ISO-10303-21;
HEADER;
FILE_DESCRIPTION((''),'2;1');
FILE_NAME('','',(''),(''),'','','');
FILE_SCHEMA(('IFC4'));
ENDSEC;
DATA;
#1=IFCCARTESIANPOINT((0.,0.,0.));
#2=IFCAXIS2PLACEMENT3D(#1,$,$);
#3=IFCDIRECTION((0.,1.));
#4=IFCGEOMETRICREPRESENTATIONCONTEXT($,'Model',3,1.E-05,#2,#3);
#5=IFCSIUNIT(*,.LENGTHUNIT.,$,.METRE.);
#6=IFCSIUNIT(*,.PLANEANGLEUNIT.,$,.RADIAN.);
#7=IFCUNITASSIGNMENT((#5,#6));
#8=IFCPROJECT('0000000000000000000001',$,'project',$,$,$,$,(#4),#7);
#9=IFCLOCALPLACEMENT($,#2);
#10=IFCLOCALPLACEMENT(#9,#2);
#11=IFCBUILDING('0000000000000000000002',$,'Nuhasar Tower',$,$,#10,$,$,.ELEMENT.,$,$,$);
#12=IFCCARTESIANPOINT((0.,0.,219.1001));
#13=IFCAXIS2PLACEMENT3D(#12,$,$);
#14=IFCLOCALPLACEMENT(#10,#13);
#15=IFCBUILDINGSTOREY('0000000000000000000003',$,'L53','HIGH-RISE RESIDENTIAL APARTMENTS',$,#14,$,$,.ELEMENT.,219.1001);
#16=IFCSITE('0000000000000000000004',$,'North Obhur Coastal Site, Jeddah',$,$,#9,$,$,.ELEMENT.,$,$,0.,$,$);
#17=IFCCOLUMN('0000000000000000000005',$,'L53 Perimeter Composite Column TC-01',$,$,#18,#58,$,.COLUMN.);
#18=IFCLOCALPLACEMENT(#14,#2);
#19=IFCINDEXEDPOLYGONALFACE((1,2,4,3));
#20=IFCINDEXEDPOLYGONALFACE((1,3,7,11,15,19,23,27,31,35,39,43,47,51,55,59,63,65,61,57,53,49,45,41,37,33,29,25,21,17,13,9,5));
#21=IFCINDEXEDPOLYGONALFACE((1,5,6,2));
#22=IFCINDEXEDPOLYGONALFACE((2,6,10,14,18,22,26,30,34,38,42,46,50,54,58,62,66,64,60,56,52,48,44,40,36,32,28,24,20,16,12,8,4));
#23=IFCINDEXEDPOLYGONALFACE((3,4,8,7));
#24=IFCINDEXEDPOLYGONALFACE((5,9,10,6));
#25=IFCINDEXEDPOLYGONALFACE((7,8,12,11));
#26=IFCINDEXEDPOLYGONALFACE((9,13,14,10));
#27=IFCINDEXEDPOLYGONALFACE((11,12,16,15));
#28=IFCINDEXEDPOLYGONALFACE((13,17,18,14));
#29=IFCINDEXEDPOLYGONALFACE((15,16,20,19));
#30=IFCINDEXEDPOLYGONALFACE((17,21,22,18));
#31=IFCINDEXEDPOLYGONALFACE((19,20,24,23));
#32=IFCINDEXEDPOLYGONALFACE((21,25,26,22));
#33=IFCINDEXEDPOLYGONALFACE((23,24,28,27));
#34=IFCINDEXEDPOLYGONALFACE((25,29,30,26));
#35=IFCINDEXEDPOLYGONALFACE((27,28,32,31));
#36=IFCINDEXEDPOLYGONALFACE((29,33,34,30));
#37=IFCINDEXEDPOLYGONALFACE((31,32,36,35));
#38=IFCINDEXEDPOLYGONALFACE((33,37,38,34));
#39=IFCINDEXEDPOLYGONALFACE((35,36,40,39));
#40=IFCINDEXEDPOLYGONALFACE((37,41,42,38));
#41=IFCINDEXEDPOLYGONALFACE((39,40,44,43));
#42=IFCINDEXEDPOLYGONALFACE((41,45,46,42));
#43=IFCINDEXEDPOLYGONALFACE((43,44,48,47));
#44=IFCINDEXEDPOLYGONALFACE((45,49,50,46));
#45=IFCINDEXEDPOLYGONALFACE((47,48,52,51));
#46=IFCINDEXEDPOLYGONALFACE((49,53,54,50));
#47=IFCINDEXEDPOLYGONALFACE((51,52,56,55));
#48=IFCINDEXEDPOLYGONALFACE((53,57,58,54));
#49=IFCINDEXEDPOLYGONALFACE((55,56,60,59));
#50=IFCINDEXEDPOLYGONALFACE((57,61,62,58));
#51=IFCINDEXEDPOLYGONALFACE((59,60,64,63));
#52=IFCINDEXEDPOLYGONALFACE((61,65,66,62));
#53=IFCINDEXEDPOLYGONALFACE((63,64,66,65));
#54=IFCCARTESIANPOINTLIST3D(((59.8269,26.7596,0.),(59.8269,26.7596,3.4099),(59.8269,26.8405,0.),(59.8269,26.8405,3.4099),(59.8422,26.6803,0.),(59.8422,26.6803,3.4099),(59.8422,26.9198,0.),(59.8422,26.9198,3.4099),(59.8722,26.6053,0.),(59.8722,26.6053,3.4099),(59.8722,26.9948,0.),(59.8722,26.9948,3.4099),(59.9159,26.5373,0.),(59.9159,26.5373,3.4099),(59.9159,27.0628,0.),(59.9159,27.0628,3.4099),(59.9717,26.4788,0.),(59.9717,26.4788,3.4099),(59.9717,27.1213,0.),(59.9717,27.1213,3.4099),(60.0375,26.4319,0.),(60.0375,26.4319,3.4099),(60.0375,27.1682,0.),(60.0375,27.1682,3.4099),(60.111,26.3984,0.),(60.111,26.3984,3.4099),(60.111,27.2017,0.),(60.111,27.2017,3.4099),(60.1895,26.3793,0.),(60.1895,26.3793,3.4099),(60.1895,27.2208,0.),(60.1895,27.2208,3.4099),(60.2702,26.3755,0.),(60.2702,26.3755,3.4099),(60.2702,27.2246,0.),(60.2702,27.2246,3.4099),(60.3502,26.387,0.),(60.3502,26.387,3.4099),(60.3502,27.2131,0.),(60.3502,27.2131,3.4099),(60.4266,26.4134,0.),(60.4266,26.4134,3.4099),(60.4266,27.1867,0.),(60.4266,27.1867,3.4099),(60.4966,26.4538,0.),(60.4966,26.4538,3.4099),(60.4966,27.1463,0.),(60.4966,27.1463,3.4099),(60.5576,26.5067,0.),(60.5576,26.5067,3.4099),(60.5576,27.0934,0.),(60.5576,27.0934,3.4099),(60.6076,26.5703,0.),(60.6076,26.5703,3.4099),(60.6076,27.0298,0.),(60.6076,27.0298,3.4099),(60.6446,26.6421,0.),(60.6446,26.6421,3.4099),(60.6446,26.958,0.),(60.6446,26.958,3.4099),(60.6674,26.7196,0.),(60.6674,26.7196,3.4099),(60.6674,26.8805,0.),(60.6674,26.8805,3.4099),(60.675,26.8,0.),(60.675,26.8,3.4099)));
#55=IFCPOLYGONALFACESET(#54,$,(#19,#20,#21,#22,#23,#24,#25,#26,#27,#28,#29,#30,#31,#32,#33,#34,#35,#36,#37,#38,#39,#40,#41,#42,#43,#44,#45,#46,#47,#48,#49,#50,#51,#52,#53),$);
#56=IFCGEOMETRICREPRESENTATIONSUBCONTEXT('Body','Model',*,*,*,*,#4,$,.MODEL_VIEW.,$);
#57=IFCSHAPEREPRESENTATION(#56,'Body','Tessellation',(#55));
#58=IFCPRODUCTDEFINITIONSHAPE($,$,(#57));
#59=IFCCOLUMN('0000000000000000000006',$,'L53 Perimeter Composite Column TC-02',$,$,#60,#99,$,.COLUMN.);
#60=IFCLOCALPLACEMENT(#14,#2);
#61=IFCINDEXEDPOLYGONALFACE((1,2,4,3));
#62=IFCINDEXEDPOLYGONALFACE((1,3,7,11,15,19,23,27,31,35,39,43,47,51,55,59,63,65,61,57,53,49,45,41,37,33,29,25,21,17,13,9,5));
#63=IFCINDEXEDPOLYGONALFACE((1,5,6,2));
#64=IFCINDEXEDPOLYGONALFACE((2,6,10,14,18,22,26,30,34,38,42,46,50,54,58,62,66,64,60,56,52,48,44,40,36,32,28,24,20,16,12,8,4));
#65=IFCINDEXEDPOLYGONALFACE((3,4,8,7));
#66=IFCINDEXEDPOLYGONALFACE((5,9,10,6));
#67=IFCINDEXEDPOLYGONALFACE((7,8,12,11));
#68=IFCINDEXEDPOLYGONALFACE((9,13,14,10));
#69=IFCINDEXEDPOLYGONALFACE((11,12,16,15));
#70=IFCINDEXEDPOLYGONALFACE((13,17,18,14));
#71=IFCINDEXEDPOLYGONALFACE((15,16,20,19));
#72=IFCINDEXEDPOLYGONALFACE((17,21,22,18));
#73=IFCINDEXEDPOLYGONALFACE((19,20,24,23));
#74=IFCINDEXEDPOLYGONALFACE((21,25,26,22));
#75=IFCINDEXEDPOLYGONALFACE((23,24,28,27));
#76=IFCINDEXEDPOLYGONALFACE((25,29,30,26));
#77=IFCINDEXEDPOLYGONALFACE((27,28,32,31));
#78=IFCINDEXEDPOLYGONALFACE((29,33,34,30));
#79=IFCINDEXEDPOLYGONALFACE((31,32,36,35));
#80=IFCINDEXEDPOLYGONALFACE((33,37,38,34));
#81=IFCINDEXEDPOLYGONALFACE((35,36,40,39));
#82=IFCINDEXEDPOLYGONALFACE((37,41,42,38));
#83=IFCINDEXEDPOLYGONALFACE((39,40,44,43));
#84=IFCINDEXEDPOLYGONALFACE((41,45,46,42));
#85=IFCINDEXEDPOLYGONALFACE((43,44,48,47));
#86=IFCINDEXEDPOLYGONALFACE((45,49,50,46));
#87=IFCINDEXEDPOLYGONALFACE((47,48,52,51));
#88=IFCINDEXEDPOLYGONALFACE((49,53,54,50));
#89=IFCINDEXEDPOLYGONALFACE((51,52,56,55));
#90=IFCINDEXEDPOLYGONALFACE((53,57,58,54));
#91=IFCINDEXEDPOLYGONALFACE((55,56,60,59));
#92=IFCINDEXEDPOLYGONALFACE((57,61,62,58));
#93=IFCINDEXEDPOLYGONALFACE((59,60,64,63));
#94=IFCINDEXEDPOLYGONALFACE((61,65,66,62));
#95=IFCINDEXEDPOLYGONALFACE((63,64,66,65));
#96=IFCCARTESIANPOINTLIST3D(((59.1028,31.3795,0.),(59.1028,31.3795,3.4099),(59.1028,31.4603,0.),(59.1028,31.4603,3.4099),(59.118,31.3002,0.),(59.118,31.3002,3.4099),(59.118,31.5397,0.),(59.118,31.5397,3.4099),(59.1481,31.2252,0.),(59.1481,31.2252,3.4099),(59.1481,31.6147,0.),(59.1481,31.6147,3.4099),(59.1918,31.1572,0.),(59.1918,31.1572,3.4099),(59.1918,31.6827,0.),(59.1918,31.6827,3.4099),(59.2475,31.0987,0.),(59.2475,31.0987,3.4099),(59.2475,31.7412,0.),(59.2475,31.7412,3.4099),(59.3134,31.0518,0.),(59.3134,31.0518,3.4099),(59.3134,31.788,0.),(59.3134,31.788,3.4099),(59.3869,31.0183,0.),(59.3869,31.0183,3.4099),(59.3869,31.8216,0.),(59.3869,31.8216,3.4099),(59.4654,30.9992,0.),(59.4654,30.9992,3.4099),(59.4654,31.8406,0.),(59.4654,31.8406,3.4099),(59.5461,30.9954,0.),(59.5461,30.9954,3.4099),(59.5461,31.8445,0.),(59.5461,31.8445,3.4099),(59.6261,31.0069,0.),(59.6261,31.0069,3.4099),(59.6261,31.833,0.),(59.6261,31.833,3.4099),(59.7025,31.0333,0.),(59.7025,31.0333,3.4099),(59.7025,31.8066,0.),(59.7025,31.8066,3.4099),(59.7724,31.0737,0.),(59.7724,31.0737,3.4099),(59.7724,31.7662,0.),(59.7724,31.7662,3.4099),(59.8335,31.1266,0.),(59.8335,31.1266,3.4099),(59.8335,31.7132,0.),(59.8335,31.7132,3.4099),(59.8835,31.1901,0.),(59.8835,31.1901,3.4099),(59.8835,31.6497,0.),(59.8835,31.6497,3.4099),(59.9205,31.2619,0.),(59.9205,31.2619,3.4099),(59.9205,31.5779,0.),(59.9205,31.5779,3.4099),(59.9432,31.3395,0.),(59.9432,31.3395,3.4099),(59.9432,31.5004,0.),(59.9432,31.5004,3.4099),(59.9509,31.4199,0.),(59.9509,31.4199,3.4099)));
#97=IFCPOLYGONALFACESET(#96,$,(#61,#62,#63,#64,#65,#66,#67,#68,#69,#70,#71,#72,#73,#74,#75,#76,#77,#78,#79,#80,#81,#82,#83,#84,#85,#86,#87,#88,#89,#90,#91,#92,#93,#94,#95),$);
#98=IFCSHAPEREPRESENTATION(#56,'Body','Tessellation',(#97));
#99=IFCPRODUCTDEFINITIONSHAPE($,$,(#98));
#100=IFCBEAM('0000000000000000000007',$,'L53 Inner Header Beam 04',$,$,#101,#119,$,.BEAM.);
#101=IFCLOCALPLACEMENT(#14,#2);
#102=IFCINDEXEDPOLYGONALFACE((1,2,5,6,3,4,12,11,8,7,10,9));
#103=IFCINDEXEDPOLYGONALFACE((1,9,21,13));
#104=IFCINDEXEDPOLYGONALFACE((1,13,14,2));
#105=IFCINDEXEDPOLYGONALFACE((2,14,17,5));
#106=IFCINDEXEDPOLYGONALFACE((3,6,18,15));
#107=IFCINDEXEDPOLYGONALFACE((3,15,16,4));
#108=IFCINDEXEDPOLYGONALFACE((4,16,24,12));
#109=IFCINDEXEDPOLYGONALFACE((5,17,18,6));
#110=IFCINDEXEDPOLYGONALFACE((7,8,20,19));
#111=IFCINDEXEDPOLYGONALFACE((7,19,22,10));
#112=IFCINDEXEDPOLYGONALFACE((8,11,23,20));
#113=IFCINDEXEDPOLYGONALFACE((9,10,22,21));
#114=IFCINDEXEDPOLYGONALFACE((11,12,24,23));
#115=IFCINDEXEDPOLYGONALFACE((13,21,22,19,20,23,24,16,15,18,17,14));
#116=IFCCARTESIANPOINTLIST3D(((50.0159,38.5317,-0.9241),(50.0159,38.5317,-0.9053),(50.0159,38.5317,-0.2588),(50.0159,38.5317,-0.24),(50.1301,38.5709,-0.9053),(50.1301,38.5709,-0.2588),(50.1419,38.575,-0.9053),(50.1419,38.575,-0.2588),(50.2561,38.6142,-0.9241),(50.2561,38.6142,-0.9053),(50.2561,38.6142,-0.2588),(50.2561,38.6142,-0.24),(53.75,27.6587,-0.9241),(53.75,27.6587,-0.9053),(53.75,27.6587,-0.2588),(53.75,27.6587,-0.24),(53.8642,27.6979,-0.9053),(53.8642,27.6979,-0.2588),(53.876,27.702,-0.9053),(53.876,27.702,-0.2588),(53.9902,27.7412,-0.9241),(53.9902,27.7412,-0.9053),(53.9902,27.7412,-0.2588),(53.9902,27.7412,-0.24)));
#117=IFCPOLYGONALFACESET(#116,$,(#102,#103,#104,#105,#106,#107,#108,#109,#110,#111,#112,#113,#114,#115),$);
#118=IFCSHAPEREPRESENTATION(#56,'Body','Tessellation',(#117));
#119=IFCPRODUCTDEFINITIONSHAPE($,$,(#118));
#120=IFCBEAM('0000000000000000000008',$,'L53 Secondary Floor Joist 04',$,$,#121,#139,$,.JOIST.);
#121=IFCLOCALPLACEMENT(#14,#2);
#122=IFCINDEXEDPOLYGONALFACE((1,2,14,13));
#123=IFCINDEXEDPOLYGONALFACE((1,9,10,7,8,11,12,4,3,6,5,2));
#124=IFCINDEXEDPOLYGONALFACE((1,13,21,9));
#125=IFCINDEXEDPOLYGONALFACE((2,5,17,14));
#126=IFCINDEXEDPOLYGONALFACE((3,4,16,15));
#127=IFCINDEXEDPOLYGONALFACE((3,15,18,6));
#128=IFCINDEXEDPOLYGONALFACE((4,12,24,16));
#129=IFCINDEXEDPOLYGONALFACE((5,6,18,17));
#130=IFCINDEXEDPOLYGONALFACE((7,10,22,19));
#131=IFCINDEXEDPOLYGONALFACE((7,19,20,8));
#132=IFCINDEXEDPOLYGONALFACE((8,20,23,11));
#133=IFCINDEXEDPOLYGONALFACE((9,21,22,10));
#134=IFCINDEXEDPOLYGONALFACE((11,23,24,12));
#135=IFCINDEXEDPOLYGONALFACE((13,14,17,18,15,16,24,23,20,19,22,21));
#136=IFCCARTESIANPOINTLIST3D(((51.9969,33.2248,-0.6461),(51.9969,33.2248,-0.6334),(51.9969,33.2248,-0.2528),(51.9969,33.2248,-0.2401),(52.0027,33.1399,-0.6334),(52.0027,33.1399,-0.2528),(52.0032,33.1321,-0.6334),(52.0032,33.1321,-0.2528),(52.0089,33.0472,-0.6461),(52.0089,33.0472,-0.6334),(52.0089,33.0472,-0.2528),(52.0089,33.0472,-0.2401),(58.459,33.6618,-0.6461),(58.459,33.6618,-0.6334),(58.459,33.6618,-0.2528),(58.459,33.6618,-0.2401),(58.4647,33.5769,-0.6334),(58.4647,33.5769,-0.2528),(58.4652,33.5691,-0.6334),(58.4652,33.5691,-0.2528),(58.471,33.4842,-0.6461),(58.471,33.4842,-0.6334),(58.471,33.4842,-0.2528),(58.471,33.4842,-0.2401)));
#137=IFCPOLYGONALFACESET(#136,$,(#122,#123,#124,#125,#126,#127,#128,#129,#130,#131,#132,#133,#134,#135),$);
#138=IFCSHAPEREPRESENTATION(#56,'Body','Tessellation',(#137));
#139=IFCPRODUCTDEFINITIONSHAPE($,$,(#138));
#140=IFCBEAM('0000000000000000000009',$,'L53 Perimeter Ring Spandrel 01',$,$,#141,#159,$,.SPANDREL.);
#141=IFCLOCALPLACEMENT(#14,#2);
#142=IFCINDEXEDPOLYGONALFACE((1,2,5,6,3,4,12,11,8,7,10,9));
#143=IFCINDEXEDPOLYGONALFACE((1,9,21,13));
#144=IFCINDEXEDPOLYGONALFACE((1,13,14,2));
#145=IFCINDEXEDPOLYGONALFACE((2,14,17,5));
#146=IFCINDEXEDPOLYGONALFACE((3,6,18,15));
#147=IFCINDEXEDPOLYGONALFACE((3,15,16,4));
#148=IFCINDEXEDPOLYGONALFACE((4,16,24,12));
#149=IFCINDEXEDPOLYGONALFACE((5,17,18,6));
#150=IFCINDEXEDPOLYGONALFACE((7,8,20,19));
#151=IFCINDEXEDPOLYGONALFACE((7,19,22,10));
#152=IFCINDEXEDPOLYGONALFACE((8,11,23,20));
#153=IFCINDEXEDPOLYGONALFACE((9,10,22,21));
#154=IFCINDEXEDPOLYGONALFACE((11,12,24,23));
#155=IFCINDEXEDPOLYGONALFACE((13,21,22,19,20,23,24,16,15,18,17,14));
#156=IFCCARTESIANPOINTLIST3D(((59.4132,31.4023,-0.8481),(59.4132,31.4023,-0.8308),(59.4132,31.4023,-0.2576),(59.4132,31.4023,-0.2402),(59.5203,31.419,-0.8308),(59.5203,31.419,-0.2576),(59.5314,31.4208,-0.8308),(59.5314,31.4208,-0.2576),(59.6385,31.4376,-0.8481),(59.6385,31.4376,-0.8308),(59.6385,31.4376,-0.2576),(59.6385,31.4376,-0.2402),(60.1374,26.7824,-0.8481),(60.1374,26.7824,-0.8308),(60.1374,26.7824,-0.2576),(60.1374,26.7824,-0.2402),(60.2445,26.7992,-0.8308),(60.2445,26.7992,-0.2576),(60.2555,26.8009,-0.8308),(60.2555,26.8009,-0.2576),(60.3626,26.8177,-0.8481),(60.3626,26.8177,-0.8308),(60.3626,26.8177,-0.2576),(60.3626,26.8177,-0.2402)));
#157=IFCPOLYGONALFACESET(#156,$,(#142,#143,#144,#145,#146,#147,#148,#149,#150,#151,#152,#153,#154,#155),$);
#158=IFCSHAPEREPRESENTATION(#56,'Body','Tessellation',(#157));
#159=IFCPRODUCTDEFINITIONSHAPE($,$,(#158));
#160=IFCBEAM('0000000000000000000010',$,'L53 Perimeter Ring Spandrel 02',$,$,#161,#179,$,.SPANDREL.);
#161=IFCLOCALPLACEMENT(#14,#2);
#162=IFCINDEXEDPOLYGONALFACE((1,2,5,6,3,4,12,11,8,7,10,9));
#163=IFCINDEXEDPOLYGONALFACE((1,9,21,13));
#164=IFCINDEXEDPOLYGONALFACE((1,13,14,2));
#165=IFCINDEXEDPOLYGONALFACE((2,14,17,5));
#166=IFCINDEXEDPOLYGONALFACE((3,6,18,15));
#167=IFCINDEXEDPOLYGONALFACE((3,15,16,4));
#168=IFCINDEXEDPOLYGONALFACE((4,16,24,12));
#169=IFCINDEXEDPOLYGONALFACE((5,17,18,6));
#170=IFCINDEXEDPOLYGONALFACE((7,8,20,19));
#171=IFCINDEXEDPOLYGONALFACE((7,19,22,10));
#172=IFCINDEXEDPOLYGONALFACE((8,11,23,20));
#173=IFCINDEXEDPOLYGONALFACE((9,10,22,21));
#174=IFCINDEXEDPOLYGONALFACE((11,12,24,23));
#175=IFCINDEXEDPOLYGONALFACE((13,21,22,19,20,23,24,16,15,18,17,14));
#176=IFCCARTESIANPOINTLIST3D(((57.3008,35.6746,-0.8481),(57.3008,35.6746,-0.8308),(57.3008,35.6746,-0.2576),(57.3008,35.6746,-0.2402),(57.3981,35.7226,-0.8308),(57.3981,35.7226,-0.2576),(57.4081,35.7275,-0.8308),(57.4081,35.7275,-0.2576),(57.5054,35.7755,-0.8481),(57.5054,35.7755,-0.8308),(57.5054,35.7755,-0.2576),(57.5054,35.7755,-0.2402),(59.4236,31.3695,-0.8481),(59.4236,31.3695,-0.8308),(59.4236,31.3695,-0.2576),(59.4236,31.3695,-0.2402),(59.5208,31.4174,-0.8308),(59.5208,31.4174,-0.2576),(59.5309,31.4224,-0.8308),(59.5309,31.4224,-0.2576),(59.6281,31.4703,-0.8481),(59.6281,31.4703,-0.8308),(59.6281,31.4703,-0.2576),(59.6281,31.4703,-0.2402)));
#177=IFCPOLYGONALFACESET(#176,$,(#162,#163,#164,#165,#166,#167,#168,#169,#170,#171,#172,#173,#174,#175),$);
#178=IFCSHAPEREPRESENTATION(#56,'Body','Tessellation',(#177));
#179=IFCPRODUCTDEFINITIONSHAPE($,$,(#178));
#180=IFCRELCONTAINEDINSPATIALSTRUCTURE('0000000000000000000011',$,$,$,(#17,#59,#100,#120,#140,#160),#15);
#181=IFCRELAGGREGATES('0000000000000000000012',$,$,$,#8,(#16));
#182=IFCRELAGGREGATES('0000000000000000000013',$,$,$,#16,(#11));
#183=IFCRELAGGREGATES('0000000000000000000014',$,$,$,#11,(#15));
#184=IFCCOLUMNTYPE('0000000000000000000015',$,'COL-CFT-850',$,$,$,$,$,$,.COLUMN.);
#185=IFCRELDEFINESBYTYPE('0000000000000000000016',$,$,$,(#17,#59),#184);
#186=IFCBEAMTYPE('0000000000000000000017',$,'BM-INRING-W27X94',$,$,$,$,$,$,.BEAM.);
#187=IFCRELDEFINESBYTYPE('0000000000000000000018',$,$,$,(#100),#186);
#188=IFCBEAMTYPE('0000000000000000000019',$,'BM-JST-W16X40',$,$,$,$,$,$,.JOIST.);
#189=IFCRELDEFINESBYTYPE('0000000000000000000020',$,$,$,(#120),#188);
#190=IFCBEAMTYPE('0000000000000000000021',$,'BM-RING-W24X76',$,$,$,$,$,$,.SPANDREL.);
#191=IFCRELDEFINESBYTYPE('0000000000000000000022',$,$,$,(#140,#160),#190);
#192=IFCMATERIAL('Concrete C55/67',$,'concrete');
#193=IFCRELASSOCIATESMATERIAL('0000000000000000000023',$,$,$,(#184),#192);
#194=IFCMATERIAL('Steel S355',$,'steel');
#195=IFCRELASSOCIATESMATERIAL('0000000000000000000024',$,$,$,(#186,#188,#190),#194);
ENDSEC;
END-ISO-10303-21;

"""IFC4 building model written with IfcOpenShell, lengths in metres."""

from ifc_helpers import new_model, si_unit, direction, frame, origin, origin_2d, place, context, subcontext, project, spatial, circle, i_section, extrude, material, material_profile, profile_set, type_object, element, save


model = new_model("IFC4")

# Units and contexts
model_context = context("Model", 3, precision=1e-05, world=origin(), true_north=direction((0.0, 1.0)))
body_context = subcontext(model_context, "Body", "Model", "MODEL_VIEW")
ifc_project = project(units=[si_unit("LENGTHUNIT", "METRE"), si_unit("PLANEANGLEUNIT", "RADIAN")], contexts=[model_context])

# Site, building, storey
site_placement = place(None, origin())
site = spatial("IfcSite", under=ifc_project, at=site_placement, Name="North Obhur Coastal Site, Jeddah", CompositionType="ELEMENT", RefElevation=0.0)
building_placement = place(site_placement, origin())
building = spatial("IfcBuilding", under=site, at=building_placement, Name="Nuhasar Tower", CompositionType="ELEMENT")
storey_placement = place(building_placement, frame((0.0, 0.0, 219.1001)))
storey = spatial("IfcBuildingStorey", under=building, at=storey_placement, Name="L53", Description="HIGH-RISE RESIDENTIAL APARTMENTS", CompositionType="ELEMENT", Elevation=219.1001)

# Columns
ifc_material_1 = material(Name="Concrete C55/67", Category="concrete")
ifc_material_profile_1 = material_profile(ifc_material_1, circle(Radius=0.425, at=origin_2d()), Name="CFT850")
ifc_profile_set_1 = profile_set([ifc_material_profile_1], Name="Concrete C55/67")
column_type = type_object("IfcColumnType", Name="COL-CFT-850", PredefinedType="COLUMN", material=ifc_profile_set_1)
for number, where, z_axis, x_axis, name in (
    (1, (60.25, 26.8, 0.0), (0.0, 0.0, 1.0), (1.0, 0.0, 0.0), "L53 Perimeter Composite Column TC-01"),
    (2, (59.5259, 31.4199, 0.0), (0.0, 0.0, 1.0), (1.0, 0.0, 0.0), "L53 Perimeter Composite Column TC-02"),
):
    element("IfcColumn", number, at=place(storey_placement, frame(where, z_axis=z_axis, x_axis=x_axis)), inside=storey, type_object=column_type, Name=name, PredefinedType="COLUMN", context=body_context, shape_type="SweptSolid", body=[
        extrude(circle(Radius=0.425, at=origin_2d()), origin(), (0.0, 0.0, 1.0), 3.4099),
    ])

# Beams
ifc_material_2 = material(Name="Steel S355", Category="steel")
ifc_material_profile_2 = material_profile(ifc_material_2, i_section(OverallWidth=0.2539, OverallDepth=0.6841, WebThickness=0.0125, FlangeThickness=0.0188, at=origin_2d()), Name="W27X94")
ifc_profile_set_2 = profile_set([ifc_material_profile_2], Name="Steel S355")
beam_type_1 = type_object("IfcBeamType", Name="BM-INRING-W27X94", PredefinedType="BEAM", material=ifc_profile_set_2)
beam_1_placement = place(storey_placement, frame((53.8701, 27.7, -0.582), z_axis=(-0.324809, 0.94578, 0.0), x_axis=(-0.94578, -0.324809, 0.0)))
element("IfcBeam", 3, at=beam_1_placement, inside=storey, type_object=beam_type_1, Name="L53 Inner Header Beam 04", PredefinedType="BEAM", context=body_context, shape_type="SweptSolid", body=[
    extrude(i_section(OverallWidth=0.2539, OverallDepth=0.6841, WebThickness=0.0125, FlangeThickness=0.0188, at=origin_2d()), origin(), (0.0, 0.0, 1.0), 11.4963),
])
ifc_material_profile_3 = material_profile(ifc_material_2, i_section(OverallWidth=0.178, OverallDepth=0.406, WebThickness=0.0078, FlangeThickness=0.0127, at=origin_2d()), Name="W16X40")
ifc_profile_set_3 = profile_set([ifc_material_profile_3], Name="Steel S355")
beam_type_2 = type_object("IfcBeamType", Name="BM-JST-W16X40", PredefinedType="JOIST", material=ifc_profile_set_3)
beam_2_placement = place(storey_placement, frame((52.0029, 33.136, -0.4431), z_axis=(0.997721, 0.067472, 0.0), x_axis=(-0.067472, 0.997721, 0.0)))
element("IfcBeam", 4, at=beam_2_placement, inside=storey, type_object=beam_type_2, Name="L53 Secondary Floor Joist 04", PredefinedType="JOIST", context=body_context, shape_type="SweptSolid", body=[
    extrude(i_section(OverallWidth=0.178, OverallDepth=0.406, WebThickness=0.0078, FlangeThickness=0.0127, at=origin_2d()), origin(), (0.0, 0.0, 1.0), 6.4768),
])
ifc_material_profile_4 = material_profile(ifc_material_2, i_section(OverallWidth=0.228, OverallDepth=0.6079, WebThickness=0.0112, FlangeThickness=0.0173, at=origin_2d()), Name="W24X76")
ifc_profile_set_4 = profile_set([ifc_material_profile_4], Name="Steel S355")
beam_type_3 = type_object("IfcBeamType", Name="BM-RING-W24X76", PredefinedType="SPANDREL", material=ifc_profile_set_4)
beam_3_placement = place(storey_placement, frame((60.25, 26.8, -0.5442), z_axis=(-0.15485, 0.987938, 0.0), x_axis=(-0.987938, -0.15485, 0.0)))
element("IfcBeam", 5, at=beam_3_placement, inside=storey, type_object=beam_type_3, Name="L53 Perimeter Ring Spandrel 01", PredefinedType="SPANDREL", context=body_context, shape_type="SweptSolid", body=[
    extrude(i_section(OverallWidth=0.228, OverallDepth=0.6079, WebThickness=0.0112, FlangeThickness=0.0173, at=origin_2d()), origin(), (0.0, 0.0, 1.0), 4.6763),
])
beam_4_placement = place(storey_placement, frame((59.5259, 31.4199, -0.5442), z_axis=(-0.442243, 0.896895, 0.0), x_axis=(-0.896895, -0.442243, 0.0)))
element("IfcBeam", 6, at=beam_4_placement, inside=storey, type_object=beam_type_3, Name="L53 Perimeter Ring Spandrel 02", PredefinedType="SPANDREL", context=body_context, shape_type="SweptSolid", body=[
    extrude(i_section(OverallWidth=0.228, OverallDepth=0.6079, WebThickness=0.0112, FlangeThickness=0.0173, at=origin_2d()), origin(), (0.0, 0.0, 1.0), 4.8),
])

save(model, "model.ifc")
